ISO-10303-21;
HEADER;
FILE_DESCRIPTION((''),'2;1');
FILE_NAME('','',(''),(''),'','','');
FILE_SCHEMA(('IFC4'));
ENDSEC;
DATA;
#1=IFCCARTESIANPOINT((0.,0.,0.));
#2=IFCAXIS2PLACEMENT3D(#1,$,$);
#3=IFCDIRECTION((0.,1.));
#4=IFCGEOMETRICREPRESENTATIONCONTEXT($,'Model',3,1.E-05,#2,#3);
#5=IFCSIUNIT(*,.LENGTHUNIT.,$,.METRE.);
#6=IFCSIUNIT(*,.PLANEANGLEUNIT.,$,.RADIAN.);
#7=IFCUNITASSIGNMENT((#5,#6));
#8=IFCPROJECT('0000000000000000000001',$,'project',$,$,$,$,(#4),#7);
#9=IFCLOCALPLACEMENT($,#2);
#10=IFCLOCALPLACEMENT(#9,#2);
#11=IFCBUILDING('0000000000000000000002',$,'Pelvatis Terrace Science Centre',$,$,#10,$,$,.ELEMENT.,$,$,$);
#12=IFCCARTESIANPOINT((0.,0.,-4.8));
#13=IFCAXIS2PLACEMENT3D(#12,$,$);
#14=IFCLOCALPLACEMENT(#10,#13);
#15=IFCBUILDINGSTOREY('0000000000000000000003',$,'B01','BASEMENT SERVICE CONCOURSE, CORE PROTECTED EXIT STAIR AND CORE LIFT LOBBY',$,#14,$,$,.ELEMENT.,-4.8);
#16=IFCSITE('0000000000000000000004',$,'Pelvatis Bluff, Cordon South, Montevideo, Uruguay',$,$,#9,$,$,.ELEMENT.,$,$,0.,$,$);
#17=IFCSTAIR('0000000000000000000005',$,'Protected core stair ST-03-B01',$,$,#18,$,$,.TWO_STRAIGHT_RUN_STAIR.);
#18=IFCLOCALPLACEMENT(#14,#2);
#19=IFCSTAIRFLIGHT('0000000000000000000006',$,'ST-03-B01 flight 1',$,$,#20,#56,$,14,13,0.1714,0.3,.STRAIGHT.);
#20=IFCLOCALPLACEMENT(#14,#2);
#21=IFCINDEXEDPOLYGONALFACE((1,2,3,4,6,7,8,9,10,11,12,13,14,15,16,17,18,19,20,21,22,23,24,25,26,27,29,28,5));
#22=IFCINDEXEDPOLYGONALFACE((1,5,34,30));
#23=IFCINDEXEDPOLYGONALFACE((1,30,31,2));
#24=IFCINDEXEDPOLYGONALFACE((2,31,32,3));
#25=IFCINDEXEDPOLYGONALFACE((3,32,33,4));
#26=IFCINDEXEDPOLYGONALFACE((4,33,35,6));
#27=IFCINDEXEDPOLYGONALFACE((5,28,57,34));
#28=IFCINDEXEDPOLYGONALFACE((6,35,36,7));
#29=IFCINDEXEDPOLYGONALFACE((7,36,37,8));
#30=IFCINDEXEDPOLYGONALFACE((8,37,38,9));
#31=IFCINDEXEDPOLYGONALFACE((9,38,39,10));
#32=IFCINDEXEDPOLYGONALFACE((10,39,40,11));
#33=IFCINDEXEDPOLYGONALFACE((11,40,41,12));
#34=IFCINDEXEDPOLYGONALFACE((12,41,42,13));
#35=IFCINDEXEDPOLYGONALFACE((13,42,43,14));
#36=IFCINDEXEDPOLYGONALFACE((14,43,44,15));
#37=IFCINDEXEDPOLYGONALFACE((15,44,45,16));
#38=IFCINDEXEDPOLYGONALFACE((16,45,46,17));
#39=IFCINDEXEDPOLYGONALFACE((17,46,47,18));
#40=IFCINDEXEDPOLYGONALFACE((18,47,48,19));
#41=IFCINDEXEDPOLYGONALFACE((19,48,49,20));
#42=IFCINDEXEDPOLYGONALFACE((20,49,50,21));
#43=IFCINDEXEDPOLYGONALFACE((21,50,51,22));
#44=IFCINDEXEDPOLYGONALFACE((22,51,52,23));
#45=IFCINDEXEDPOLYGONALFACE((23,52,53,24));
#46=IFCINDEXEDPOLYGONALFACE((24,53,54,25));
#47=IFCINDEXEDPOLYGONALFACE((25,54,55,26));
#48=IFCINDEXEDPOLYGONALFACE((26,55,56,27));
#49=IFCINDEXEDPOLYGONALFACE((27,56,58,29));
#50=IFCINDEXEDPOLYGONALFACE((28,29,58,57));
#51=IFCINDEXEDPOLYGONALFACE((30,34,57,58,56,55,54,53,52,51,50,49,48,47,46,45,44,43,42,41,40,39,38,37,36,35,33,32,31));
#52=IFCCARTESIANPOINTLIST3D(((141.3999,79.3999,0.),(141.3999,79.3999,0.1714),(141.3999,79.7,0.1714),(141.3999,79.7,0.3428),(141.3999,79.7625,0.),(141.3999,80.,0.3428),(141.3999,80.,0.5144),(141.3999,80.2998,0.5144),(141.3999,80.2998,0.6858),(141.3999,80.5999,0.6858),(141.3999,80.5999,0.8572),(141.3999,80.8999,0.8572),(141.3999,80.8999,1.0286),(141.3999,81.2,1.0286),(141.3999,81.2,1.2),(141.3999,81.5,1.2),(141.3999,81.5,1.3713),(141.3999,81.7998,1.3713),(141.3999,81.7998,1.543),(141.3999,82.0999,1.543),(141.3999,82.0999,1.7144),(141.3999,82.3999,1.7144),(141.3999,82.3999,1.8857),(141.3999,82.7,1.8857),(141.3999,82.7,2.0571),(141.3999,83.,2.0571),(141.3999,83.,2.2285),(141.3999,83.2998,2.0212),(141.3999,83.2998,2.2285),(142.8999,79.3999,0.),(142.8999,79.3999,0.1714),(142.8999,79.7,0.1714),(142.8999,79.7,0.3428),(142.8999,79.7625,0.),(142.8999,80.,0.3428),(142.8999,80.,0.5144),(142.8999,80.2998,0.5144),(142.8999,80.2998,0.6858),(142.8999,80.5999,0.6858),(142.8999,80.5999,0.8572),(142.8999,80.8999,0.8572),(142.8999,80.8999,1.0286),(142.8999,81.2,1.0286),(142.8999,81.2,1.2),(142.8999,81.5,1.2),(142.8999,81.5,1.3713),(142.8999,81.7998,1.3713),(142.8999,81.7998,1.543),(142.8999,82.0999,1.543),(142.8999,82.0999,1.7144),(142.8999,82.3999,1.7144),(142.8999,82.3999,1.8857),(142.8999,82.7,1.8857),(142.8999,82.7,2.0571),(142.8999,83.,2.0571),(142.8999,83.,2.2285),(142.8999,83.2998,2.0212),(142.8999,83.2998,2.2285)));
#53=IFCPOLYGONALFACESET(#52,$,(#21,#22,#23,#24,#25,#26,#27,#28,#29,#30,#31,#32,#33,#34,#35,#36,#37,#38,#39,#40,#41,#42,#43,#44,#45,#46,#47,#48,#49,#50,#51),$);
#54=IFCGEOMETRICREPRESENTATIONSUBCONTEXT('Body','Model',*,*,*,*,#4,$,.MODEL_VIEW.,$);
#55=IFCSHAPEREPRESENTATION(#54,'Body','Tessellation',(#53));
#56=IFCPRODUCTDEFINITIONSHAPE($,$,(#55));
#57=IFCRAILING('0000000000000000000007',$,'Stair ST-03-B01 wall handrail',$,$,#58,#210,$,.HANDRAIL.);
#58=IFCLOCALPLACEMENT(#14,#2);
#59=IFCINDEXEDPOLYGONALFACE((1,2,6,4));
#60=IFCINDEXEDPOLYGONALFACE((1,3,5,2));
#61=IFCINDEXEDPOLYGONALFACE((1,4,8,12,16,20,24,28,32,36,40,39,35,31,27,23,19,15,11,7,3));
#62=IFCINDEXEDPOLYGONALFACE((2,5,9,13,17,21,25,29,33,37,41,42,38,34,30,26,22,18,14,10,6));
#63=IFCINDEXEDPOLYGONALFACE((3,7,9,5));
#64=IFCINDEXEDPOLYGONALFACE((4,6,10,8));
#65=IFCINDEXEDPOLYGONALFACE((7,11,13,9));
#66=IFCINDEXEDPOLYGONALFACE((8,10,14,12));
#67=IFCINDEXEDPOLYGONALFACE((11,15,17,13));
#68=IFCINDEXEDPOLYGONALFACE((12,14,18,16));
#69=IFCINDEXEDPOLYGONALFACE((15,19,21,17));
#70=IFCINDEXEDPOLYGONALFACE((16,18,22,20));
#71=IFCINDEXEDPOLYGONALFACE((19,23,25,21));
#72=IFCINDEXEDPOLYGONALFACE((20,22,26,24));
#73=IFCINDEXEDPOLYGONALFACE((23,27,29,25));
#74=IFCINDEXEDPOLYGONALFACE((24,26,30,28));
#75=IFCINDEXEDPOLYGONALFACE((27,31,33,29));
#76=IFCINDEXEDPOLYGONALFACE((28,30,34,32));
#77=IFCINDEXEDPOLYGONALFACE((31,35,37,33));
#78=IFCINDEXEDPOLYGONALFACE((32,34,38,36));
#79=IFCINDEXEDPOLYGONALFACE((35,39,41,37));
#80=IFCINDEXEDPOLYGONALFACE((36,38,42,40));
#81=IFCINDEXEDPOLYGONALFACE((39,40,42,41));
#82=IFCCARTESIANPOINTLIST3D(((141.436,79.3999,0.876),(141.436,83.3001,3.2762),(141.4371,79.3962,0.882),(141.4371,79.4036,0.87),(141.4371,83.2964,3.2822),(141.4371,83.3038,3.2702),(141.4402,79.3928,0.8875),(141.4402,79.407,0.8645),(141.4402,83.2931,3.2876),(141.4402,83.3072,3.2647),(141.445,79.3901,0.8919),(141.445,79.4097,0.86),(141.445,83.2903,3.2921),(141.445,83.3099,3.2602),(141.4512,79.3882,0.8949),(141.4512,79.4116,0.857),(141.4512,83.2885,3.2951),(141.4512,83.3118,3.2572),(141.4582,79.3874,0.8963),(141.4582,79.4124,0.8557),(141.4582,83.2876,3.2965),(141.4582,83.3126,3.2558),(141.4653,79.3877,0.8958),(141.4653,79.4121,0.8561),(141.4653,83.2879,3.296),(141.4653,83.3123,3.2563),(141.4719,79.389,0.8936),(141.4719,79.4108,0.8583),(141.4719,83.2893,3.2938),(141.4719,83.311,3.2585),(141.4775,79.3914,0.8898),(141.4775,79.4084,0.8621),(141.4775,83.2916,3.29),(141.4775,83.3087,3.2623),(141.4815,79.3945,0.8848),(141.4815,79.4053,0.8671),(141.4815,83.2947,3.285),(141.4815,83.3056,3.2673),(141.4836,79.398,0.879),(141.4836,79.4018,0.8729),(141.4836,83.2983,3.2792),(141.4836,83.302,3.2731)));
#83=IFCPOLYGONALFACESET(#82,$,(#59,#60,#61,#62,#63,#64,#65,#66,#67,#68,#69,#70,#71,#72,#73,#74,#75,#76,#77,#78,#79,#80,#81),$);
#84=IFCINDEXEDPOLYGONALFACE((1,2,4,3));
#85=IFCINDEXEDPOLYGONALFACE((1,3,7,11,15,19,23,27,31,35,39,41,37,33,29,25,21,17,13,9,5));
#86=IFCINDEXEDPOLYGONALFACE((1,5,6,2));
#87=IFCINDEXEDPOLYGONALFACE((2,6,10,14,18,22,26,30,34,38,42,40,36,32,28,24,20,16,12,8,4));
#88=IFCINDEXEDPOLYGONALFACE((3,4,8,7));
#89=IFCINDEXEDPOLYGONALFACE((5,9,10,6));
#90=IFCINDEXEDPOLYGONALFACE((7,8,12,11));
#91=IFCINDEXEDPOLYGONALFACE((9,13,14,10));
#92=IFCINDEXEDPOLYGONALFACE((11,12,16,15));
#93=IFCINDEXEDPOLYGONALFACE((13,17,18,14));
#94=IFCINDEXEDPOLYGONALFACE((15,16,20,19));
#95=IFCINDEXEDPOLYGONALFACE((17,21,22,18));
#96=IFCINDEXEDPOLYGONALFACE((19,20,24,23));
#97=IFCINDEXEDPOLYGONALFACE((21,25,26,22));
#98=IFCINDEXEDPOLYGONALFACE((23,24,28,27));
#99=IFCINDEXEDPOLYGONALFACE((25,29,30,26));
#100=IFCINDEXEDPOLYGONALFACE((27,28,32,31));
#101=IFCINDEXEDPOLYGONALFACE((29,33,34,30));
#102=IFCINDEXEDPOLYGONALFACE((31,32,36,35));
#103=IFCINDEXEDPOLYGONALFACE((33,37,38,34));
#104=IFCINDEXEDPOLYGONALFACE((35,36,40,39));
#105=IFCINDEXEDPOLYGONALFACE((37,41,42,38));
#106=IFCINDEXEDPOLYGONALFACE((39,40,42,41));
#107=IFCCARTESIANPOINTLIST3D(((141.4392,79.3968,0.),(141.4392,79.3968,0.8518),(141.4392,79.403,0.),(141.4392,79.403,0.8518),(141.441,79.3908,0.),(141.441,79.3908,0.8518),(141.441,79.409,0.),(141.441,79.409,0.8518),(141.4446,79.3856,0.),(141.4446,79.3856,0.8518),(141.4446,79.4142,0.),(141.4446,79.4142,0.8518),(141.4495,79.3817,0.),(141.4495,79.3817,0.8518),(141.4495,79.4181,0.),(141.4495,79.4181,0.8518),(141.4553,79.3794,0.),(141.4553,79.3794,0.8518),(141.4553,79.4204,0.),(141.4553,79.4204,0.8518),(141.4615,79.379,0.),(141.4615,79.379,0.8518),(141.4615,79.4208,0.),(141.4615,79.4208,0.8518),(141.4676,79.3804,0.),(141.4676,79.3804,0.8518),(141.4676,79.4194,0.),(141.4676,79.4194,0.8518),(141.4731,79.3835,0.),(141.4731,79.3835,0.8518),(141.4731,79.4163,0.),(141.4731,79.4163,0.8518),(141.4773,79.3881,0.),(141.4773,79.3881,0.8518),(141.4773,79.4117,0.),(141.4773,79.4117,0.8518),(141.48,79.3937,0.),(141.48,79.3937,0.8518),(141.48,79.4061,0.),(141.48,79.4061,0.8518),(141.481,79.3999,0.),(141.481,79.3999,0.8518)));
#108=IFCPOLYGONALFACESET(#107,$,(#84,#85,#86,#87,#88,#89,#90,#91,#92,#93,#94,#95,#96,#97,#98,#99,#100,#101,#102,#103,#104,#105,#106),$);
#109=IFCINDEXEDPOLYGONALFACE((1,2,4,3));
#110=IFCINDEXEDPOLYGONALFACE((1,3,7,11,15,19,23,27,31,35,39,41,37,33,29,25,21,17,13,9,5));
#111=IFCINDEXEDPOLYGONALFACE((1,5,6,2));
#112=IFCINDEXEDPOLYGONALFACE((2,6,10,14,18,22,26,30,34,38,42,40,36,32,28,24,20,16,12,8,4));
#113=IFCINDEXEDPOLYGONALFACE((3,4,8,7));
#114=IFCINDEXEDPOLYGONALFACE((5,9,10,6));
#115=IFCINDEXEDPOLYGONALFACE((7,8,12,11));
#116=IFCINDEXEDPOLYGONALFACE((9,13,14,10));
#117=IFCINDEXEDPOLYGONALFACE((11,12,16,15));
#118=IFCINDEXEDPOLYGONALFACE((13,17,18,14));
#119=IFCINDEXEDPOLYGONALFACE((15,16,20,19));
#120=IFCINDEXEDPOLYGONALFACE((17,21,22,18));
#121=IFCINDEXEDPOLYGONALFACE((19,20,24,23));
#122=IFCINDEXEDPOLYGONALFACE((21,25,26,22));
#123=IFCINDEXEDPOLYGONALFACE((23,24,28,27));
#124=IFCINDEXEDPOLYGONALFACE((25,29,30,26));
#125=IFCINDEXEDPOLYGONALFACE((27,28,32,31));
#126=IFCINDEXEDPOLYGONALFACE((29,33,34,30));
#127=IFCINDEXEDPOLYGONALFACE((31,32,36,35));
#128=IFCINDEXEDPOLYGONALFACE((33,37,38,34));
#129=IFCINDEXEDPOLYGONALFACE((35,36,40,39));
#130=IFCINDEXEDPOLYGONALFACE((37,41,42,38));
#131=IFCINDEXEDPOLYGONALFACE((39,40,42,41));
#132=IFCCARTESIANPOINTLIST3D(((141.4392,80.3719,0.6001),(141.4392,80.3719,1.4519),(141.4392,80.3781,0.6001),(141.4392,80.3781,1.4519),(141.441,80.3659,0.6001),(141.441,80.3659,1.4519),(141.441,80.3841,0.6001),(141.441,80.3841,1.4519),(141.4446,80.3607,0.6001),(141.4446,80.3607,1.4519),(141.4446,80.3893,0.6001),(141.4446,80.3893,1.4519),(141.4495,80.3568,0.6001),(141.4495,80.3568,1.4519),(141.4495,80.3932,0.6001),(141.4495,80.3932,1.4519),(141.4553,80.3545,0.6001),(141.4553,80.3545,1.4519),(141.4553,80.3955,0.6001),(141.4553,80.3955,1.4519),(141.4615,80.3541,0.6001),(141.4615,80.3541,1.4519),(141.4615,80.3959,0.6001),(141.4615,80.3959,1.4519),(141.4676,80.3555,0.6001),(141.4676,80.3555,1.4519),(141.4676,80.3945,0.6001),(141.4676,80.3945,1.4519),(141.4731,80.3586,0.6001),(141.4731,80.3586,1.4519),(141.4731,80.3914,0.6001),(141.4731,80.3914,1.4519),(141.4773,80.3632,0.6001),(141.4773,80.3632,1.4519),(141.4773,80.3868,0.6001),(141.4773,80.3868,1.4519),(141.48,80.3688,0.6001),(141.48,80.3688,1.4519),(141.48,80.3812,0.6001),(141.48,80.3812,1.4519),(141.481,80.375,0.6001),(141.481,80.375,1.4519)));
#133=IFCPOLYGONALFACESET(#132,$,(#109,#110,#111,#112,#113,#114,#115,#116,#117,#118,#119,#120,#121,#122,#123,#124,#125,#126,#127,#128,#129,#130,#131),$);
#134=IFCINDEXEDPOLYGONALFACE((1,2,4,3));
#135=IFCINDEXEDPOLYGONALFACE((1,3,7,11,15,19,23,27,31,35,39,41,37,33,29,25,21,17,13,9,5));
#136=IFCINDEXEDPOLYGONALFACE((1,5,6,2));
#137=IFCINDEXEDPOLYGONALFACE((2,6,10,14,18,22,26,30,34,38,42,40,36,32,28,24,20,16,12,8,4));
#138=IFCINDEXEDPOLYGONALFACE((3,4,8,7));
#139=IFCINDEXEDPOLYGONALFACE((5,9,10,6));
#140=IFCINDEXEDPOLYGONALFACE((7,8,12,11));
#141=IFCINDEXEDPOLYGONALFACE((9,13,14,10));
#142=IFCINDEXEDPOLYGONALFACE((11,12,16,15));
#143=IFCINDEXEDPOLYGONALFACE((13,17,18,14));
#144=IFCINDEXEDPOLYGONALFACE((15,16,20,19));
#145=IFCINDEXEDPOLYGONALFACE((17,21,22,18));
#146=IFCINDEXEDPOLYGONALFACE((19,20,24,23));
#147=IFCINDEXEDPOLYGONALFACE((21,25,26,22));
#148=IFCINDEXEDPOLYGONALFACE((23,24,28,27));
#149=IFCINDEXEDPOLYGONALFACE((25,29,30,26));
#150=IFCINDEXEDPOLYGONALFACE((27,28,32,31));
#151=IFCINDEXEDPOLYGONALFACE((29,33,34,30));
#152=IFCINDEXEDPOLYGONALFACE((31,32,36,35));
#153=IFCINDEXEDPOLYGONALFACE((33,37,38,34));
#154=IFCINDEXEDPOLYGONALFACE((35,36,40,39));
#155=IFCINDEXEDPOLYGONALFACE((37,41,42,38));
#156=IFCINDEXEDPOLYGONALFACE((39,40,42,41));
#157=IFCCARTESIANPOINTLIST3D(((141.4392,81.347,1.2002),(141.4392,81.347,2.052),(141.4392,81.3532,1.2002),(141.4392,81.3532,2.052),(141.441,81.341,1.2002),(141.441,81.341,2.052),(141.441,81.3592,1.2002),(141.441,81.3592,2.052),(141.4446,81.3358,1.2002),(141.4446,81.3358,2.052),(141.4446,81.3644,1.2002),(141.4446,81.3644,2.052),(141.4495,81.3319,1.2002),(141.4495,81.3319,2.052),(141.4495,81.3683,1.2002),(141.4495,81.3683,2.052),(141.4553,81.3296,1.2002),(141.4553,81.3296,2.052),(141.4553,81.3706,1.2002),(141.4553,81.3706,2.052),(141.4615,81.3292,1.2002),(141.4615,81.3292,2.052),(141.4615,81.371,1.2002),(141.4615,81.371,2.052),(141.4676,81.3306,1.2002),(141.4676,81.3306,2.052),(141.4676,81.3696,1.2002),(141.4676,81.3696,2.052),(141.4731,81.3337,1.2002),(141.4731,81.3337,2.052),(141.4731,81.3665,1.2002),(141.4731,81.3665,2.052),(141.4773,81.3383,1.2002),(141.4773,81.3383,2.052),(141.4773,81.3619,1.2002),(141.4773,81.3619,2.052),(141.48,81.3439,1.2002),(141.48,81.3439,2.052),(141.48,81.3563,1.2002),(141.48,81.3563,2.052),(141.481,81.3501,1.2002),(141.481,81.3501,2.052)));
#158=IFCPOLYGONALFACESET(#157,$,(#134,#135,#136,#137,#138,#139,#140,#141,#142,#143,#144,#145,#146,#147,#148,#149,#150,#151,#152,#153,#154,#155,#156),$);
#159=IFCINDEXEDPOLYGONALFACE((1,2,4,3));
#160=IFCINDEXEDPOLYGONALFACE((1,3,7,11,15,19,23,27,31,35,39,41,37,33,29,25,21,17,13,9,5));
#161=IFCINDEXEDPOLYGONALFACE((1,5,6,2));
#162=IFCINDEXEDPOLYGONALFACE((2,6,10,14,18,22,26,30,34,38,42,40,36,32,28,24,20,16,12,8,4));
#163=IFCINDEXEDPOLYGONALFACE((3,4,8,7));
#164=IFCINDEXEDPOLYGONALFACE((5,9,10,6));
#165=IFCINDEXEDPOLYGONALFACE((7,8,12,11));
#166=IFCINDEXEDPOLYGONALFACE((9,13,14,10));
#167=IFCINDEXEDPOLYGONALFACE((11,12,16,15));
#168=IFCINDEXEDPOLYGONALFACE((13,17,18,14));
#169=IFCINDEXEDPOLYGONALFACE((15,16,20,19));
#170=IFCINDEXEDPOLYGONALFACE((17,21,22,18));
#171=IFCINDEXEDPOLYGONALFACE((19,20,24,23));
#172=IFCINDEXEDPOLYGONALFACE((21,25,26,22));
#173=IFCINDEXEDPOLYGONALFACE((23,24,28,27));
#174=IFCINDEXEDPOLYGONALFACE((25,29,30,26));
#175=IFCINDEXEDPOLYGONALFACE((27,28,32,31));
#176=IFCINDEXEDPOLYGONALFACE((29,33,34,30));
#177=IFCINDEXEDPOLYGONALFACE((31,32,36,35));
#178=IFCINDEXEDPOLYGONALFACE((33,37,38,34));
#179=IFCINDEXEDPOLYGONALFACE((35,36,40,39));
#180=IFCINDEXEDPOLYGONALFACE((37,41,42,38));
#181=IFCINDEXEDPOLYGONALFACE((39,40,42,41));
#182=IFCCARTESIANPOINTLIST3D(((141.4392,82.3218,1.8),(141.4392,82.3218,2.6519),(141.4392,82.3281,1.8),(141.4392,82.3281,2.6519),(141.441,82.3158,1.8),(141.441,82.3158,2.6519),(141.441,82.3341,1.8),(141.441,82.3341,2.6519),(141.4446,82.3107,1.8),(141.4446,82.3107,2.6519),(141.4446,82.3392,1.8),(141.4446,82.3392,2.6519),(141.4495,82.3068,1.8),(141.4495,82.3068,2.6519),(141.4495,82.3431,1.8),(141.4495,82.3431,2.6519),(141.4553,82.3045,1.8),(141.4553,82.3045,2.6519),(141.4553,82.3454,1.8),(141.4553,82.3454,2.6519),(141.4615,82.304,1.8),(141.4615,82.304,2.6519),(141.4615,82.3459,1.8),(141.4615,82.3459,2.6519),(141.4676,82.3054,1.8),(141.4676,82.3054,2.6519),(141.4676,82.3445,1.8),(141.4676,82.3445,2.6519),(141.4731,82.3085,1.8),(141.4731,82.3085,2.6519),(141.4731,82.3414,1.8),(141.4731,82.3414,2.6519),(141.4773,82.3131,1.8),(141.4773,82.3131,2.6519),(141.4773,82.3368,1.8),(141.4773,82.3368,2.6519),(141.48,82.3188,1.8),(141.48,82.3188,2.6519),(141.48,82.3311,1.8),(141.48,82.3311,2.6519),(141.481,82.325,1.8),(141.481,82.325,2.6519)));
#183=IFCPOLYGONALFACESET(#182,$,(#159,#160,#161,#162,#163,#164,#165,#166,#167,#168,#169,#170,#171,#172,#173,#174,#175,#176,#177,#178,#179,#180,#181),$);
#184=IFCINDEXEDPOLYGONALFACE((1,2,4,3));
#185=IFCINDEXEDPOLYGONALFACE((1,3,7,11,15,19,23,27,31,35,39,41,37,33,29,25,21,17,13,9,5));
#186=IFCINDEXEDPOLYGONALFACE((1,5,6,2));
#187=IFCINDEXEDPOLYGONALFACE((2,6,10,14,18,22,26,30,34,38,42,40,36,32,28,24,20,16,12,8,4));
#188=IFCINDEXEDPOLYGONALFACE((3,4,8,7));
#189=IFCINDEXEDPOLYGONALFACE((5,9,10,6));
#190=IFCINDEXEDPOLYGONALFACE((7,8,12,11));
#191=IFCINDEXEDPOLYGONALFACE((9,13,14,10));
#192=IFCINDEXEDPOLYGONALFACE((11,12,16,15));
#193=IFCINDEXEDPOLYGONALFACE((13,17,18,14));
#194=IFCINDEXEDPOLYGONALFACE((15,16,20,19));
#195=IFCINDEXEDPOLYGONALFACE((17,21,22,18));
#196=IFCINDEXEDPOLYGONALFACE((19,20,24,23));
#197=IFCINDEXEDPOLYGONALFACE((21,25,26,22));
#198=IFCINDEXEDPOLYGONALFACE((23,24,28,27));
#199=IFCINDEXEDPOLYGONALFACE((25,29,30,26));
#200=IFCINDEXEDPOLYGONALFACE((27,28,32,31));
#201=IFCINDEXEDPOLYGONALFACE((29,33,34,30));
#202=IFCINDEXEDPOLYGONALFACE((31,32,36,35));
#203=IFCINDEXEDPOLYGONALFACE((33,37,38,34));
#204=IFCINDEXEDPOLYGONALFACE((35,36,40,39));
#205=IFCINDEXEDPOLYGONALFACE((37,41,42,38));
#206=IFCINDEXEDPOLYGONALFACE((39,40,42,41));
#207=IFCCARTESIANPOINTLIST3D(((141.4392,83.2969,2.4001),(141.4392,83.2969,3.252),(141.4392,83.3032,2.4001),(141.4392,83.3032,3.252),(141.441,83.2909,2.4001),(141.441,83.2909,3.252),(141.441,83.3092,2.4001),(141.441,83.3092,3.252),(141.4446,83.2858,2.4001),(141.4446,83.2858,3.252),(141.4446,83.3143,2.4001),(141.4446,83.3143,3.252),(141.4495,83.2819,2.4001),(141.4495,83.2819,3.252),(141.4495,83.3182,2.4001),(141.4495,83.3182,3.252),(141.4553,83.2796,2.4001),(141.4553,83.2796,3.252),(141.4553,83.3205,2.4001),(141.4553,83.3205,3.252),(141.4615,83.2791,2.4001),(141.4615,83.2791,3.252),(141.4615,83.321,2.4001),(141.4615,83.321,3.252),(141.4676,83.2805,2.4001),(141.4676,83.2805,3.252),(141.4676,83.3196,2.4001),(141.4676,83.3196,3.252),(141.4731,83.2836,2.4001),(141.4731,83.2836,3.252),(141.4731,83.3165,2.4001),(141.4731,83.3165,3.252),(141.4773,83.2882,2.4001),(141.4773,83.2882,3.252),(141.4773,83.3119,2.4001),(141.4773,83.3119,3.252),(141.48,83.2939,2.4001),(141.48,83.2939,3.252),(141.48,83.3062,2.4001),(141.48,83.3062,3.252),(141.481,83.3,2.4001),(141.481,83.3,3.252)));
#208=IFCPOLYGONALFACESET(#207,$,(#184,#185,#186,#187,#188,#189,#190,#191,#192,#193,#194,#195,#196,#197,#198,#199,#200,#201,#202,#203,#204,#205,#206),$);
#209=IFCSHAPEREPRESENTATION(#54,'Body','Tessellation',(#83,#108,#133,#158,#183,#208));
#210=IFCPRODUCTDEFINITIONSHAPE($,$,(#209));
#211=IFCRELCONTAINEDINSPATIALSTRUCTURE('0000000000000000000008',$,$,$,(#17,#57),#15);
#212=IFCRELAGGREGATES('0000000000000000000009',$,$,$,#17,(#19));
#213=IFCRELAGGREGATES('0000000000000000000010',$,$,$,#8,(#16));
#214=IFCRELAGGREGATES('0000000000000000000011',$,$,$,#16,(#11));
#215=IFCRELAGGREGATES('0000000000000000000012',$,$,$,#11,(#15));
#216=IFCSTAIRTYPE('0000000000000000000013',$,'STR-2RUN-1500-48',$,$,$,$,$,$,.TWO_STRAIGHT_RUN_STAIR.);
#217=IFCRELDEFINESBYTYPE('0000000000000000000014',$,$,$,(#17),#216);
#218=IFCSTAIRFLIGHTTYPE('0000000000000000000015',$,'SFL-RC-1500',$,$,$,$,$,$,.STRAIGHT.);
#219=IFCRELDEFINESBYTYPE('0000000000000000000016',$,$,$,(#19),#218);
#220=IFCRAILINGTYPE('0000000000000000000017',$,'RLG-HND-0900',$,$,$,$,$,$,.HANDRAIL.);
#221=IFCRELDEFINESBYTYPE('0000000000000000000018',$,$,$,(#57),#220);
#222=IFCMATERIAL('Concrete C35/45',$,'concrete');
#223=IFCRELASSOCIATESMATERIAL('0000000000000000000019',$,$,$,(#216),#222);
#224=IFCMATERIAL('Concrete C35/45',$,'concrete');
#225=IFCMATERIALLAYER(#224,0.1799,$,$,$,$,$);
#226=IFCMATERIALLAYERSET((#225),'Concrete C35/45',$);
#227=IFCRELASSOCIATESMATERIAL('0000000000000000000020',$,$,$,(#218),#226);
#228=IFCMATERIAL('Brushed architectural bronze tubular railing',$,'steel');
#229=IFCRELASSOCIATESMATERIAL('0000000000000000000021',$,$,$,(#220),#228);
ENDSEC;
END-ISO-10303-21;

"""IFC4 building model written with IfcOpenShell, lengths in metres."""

from ifc_helpers import new_model, si_unit, direction, frame, origin, origin_2d, place, context, subcontext, project, spatial, polyline, circle, outline, extrude, material, layer, layer_set, type_object, element, aggregate, save


model = new_model("IFC4")

# Units and contexts
model_context = context("Model", 3, precision=1e-05, world=origin(), true_north=direction((0.0, 1.0)))
body_context = subcontext(model_context, "Body", "Model", "MODEL_VIEW")
ifc_project = project(units=[si_unit("LENGTHUNIT", "METRE"), si_unit("PLANEANGLEUNIT", "RADIAN")], contexts=[model_context])

# Site, building, storey
site_placement = place(None, origin())
site = spatial("IfcSite", under=ifc_project, at=site_placement, Name="Pelvatis Bluff, Cordon South, Montevideo, Uruguay", CompositionType="ELEMENT", RefElevation=0.0)
building_placement = place(site_placement, origin())
building = spatial("IfcBuilding", under=site, at=building_placement, Name="Pelvatis Terrace Science Centre", CompositionType="ELEMENT")
storey_placement = place(building_placement, frame((0.0, 0.0, -4.8)))
storey = spatial("IfcBuildingStorey", under=building, at=storey_placement, Name="B01", Description="BASEMENT SERVICE CONCOURSE, CORE PROTECTED EXIT STAIR AND CORE LIFT LOBBY", CompositionType="ELEMENT", Elevation=-4.8)

# Stair, stair flight
ifc_material_1 = material(Name="Concrete C35/45", Category="concrete")
stair_type = type_object("IfcStairType", Name="STR-2RUN-1500-48", PredefinedType="TWO_STRAIGHT_RUN_STAIR", material=ifc_material_1)
stair_placement = place(storey_placement, origin())
stair = element("IfcStair", 1, at=stair_placement, inside=storey, type_object=stair_type, Name="Protected core stair ST-03-B01", PredefinedType="TWO_STRAIGHT_RUN_STAIR")
ifc_material_2 = material(Name="Concrete C35/45", Category="concrete")
ifc_layer_1 = layer(ifc_material_2, 0.1799)
ifc_layer_set_1 = layer_set([ifc_layer_1], Name="Concrete C35/45")
stair_flight_type = type_object("IfcStairFlightType", Name="SFL-RC-1500", PredefinedType="STRAIGHT", material=ifc_layer_set_1)
stair_flight_placement = place(storey_placement, frame((142.1499, 79.3999, 0.0), z_axis=(0.0, 0.0, 1.0), x_axis=(0.0, 1.0, 0.0)))
stair_flight = element("IfcStairFlight", 2, at=stair_flight_placement, type_object=stair_flight_type, Name="ST-03-B01 flight 1", NumberOfRisers=14, NumberOfTreads=13, PredefinedType="STRAIGHT", RiserHeight=0.1714, TreadLength=0.3, context=body_context, shape_type="SweptSolid", body=[
    extrude(outline(polyline([(0.0, 0.0), (0.0, 0.1714), (0.3, 0.1714), (0.3, 0.3428), (0.6001, 0.3428), (0.6001, 0.5144), (0.8999, 0.5144), (0.8999, 0.6858), (1.2, 0.6858), (1.2, 0.8572), (1.5, 0.8572), (1.5, 1.0286), (1.8, 1.0286), (1.8, 1.2), (2.1001, 1.2), (2.1001, 1.3713), (2.3999, 1.3713), (2.3999, 1.543), (2.7, 1.543), (2.7, 1.7144), (3.0, 1.7144), (3.0, 1.8857), (3.3, 1.8857), (3.3, 2.0571), (3.6001, 2.0571), (3.6001, 2.2285), (3.8999, 2.2285), (3.8999, 2.3999), (3.8999, 2.0212), (0.3625, 0.0), (0.0, 0.0)])), frame((0.0, 0.75, 0.0), z_axis=(0.0, -1.0, 0.0), x_axis=(1.0, 0.0, 0.0)), (0.0, 0.0, 1.0), 1.5),
])
aggregate(stair, [stair_flight])

# Railing
ifc_material_3 = material(Name="Brushed architectural bronze tubular railing", Category="steel")
railing_type_1 = type_object("IfcRailingType", Name="RLG-HND-0900", PredefinedType="HANDRAIL", material=ifc_material_3)
railing_1_placement = place(storey_placement, frame((141.46, 79.3999, 0.0)))
element("IfcRailing", 3, at=railing_1_placement, inside=storey, type_object=railing_type_1, Name="Stair ST-03-B01 wall handrail", PredefinedType="HANDRAIL", context=body_context, shape_type="SweptSolid", body=[
    extrude(circle(Radius=0.0239, at=origin_2d()), frame((0.0, 0.0, 0.876), z_axis=(0.0, 0.851653, 0.524106), x_axis=(-1.0, 0.0, 0.0)), (0.0, 0.0, 1.0), 4.5796),
    extrude(circle(Radius=0.021, at=origin_2d()), origin(), (0.0, 0.0, 1.0), 0.8518),
    extrude(circle(Radius=0.021, at=origin_2d()), frame((0.0, 0.9751, 0.6001)), (0.0, 0.0, 1.0), 0.8518),
    extrude(circle(Radius=0.021, at=origin_2d()), frame((0.0, 1.9502, 1.2002)), (0.0, 0.0, 1.0), 0.8518),
    extrude(circle(Radius=0.021, at=origin_2d()), frame((0.0, 2.925, 1.8)), (0.0, 0.0, 1.0), 0.8518),
    extrude(circle(Radius=0.021, at=origin_2d()), frame((0.0, 3.9001, 2.4001)), (0.0, 0.0, 1.0), 0.8518),
])

save(model, "model.ifc")
